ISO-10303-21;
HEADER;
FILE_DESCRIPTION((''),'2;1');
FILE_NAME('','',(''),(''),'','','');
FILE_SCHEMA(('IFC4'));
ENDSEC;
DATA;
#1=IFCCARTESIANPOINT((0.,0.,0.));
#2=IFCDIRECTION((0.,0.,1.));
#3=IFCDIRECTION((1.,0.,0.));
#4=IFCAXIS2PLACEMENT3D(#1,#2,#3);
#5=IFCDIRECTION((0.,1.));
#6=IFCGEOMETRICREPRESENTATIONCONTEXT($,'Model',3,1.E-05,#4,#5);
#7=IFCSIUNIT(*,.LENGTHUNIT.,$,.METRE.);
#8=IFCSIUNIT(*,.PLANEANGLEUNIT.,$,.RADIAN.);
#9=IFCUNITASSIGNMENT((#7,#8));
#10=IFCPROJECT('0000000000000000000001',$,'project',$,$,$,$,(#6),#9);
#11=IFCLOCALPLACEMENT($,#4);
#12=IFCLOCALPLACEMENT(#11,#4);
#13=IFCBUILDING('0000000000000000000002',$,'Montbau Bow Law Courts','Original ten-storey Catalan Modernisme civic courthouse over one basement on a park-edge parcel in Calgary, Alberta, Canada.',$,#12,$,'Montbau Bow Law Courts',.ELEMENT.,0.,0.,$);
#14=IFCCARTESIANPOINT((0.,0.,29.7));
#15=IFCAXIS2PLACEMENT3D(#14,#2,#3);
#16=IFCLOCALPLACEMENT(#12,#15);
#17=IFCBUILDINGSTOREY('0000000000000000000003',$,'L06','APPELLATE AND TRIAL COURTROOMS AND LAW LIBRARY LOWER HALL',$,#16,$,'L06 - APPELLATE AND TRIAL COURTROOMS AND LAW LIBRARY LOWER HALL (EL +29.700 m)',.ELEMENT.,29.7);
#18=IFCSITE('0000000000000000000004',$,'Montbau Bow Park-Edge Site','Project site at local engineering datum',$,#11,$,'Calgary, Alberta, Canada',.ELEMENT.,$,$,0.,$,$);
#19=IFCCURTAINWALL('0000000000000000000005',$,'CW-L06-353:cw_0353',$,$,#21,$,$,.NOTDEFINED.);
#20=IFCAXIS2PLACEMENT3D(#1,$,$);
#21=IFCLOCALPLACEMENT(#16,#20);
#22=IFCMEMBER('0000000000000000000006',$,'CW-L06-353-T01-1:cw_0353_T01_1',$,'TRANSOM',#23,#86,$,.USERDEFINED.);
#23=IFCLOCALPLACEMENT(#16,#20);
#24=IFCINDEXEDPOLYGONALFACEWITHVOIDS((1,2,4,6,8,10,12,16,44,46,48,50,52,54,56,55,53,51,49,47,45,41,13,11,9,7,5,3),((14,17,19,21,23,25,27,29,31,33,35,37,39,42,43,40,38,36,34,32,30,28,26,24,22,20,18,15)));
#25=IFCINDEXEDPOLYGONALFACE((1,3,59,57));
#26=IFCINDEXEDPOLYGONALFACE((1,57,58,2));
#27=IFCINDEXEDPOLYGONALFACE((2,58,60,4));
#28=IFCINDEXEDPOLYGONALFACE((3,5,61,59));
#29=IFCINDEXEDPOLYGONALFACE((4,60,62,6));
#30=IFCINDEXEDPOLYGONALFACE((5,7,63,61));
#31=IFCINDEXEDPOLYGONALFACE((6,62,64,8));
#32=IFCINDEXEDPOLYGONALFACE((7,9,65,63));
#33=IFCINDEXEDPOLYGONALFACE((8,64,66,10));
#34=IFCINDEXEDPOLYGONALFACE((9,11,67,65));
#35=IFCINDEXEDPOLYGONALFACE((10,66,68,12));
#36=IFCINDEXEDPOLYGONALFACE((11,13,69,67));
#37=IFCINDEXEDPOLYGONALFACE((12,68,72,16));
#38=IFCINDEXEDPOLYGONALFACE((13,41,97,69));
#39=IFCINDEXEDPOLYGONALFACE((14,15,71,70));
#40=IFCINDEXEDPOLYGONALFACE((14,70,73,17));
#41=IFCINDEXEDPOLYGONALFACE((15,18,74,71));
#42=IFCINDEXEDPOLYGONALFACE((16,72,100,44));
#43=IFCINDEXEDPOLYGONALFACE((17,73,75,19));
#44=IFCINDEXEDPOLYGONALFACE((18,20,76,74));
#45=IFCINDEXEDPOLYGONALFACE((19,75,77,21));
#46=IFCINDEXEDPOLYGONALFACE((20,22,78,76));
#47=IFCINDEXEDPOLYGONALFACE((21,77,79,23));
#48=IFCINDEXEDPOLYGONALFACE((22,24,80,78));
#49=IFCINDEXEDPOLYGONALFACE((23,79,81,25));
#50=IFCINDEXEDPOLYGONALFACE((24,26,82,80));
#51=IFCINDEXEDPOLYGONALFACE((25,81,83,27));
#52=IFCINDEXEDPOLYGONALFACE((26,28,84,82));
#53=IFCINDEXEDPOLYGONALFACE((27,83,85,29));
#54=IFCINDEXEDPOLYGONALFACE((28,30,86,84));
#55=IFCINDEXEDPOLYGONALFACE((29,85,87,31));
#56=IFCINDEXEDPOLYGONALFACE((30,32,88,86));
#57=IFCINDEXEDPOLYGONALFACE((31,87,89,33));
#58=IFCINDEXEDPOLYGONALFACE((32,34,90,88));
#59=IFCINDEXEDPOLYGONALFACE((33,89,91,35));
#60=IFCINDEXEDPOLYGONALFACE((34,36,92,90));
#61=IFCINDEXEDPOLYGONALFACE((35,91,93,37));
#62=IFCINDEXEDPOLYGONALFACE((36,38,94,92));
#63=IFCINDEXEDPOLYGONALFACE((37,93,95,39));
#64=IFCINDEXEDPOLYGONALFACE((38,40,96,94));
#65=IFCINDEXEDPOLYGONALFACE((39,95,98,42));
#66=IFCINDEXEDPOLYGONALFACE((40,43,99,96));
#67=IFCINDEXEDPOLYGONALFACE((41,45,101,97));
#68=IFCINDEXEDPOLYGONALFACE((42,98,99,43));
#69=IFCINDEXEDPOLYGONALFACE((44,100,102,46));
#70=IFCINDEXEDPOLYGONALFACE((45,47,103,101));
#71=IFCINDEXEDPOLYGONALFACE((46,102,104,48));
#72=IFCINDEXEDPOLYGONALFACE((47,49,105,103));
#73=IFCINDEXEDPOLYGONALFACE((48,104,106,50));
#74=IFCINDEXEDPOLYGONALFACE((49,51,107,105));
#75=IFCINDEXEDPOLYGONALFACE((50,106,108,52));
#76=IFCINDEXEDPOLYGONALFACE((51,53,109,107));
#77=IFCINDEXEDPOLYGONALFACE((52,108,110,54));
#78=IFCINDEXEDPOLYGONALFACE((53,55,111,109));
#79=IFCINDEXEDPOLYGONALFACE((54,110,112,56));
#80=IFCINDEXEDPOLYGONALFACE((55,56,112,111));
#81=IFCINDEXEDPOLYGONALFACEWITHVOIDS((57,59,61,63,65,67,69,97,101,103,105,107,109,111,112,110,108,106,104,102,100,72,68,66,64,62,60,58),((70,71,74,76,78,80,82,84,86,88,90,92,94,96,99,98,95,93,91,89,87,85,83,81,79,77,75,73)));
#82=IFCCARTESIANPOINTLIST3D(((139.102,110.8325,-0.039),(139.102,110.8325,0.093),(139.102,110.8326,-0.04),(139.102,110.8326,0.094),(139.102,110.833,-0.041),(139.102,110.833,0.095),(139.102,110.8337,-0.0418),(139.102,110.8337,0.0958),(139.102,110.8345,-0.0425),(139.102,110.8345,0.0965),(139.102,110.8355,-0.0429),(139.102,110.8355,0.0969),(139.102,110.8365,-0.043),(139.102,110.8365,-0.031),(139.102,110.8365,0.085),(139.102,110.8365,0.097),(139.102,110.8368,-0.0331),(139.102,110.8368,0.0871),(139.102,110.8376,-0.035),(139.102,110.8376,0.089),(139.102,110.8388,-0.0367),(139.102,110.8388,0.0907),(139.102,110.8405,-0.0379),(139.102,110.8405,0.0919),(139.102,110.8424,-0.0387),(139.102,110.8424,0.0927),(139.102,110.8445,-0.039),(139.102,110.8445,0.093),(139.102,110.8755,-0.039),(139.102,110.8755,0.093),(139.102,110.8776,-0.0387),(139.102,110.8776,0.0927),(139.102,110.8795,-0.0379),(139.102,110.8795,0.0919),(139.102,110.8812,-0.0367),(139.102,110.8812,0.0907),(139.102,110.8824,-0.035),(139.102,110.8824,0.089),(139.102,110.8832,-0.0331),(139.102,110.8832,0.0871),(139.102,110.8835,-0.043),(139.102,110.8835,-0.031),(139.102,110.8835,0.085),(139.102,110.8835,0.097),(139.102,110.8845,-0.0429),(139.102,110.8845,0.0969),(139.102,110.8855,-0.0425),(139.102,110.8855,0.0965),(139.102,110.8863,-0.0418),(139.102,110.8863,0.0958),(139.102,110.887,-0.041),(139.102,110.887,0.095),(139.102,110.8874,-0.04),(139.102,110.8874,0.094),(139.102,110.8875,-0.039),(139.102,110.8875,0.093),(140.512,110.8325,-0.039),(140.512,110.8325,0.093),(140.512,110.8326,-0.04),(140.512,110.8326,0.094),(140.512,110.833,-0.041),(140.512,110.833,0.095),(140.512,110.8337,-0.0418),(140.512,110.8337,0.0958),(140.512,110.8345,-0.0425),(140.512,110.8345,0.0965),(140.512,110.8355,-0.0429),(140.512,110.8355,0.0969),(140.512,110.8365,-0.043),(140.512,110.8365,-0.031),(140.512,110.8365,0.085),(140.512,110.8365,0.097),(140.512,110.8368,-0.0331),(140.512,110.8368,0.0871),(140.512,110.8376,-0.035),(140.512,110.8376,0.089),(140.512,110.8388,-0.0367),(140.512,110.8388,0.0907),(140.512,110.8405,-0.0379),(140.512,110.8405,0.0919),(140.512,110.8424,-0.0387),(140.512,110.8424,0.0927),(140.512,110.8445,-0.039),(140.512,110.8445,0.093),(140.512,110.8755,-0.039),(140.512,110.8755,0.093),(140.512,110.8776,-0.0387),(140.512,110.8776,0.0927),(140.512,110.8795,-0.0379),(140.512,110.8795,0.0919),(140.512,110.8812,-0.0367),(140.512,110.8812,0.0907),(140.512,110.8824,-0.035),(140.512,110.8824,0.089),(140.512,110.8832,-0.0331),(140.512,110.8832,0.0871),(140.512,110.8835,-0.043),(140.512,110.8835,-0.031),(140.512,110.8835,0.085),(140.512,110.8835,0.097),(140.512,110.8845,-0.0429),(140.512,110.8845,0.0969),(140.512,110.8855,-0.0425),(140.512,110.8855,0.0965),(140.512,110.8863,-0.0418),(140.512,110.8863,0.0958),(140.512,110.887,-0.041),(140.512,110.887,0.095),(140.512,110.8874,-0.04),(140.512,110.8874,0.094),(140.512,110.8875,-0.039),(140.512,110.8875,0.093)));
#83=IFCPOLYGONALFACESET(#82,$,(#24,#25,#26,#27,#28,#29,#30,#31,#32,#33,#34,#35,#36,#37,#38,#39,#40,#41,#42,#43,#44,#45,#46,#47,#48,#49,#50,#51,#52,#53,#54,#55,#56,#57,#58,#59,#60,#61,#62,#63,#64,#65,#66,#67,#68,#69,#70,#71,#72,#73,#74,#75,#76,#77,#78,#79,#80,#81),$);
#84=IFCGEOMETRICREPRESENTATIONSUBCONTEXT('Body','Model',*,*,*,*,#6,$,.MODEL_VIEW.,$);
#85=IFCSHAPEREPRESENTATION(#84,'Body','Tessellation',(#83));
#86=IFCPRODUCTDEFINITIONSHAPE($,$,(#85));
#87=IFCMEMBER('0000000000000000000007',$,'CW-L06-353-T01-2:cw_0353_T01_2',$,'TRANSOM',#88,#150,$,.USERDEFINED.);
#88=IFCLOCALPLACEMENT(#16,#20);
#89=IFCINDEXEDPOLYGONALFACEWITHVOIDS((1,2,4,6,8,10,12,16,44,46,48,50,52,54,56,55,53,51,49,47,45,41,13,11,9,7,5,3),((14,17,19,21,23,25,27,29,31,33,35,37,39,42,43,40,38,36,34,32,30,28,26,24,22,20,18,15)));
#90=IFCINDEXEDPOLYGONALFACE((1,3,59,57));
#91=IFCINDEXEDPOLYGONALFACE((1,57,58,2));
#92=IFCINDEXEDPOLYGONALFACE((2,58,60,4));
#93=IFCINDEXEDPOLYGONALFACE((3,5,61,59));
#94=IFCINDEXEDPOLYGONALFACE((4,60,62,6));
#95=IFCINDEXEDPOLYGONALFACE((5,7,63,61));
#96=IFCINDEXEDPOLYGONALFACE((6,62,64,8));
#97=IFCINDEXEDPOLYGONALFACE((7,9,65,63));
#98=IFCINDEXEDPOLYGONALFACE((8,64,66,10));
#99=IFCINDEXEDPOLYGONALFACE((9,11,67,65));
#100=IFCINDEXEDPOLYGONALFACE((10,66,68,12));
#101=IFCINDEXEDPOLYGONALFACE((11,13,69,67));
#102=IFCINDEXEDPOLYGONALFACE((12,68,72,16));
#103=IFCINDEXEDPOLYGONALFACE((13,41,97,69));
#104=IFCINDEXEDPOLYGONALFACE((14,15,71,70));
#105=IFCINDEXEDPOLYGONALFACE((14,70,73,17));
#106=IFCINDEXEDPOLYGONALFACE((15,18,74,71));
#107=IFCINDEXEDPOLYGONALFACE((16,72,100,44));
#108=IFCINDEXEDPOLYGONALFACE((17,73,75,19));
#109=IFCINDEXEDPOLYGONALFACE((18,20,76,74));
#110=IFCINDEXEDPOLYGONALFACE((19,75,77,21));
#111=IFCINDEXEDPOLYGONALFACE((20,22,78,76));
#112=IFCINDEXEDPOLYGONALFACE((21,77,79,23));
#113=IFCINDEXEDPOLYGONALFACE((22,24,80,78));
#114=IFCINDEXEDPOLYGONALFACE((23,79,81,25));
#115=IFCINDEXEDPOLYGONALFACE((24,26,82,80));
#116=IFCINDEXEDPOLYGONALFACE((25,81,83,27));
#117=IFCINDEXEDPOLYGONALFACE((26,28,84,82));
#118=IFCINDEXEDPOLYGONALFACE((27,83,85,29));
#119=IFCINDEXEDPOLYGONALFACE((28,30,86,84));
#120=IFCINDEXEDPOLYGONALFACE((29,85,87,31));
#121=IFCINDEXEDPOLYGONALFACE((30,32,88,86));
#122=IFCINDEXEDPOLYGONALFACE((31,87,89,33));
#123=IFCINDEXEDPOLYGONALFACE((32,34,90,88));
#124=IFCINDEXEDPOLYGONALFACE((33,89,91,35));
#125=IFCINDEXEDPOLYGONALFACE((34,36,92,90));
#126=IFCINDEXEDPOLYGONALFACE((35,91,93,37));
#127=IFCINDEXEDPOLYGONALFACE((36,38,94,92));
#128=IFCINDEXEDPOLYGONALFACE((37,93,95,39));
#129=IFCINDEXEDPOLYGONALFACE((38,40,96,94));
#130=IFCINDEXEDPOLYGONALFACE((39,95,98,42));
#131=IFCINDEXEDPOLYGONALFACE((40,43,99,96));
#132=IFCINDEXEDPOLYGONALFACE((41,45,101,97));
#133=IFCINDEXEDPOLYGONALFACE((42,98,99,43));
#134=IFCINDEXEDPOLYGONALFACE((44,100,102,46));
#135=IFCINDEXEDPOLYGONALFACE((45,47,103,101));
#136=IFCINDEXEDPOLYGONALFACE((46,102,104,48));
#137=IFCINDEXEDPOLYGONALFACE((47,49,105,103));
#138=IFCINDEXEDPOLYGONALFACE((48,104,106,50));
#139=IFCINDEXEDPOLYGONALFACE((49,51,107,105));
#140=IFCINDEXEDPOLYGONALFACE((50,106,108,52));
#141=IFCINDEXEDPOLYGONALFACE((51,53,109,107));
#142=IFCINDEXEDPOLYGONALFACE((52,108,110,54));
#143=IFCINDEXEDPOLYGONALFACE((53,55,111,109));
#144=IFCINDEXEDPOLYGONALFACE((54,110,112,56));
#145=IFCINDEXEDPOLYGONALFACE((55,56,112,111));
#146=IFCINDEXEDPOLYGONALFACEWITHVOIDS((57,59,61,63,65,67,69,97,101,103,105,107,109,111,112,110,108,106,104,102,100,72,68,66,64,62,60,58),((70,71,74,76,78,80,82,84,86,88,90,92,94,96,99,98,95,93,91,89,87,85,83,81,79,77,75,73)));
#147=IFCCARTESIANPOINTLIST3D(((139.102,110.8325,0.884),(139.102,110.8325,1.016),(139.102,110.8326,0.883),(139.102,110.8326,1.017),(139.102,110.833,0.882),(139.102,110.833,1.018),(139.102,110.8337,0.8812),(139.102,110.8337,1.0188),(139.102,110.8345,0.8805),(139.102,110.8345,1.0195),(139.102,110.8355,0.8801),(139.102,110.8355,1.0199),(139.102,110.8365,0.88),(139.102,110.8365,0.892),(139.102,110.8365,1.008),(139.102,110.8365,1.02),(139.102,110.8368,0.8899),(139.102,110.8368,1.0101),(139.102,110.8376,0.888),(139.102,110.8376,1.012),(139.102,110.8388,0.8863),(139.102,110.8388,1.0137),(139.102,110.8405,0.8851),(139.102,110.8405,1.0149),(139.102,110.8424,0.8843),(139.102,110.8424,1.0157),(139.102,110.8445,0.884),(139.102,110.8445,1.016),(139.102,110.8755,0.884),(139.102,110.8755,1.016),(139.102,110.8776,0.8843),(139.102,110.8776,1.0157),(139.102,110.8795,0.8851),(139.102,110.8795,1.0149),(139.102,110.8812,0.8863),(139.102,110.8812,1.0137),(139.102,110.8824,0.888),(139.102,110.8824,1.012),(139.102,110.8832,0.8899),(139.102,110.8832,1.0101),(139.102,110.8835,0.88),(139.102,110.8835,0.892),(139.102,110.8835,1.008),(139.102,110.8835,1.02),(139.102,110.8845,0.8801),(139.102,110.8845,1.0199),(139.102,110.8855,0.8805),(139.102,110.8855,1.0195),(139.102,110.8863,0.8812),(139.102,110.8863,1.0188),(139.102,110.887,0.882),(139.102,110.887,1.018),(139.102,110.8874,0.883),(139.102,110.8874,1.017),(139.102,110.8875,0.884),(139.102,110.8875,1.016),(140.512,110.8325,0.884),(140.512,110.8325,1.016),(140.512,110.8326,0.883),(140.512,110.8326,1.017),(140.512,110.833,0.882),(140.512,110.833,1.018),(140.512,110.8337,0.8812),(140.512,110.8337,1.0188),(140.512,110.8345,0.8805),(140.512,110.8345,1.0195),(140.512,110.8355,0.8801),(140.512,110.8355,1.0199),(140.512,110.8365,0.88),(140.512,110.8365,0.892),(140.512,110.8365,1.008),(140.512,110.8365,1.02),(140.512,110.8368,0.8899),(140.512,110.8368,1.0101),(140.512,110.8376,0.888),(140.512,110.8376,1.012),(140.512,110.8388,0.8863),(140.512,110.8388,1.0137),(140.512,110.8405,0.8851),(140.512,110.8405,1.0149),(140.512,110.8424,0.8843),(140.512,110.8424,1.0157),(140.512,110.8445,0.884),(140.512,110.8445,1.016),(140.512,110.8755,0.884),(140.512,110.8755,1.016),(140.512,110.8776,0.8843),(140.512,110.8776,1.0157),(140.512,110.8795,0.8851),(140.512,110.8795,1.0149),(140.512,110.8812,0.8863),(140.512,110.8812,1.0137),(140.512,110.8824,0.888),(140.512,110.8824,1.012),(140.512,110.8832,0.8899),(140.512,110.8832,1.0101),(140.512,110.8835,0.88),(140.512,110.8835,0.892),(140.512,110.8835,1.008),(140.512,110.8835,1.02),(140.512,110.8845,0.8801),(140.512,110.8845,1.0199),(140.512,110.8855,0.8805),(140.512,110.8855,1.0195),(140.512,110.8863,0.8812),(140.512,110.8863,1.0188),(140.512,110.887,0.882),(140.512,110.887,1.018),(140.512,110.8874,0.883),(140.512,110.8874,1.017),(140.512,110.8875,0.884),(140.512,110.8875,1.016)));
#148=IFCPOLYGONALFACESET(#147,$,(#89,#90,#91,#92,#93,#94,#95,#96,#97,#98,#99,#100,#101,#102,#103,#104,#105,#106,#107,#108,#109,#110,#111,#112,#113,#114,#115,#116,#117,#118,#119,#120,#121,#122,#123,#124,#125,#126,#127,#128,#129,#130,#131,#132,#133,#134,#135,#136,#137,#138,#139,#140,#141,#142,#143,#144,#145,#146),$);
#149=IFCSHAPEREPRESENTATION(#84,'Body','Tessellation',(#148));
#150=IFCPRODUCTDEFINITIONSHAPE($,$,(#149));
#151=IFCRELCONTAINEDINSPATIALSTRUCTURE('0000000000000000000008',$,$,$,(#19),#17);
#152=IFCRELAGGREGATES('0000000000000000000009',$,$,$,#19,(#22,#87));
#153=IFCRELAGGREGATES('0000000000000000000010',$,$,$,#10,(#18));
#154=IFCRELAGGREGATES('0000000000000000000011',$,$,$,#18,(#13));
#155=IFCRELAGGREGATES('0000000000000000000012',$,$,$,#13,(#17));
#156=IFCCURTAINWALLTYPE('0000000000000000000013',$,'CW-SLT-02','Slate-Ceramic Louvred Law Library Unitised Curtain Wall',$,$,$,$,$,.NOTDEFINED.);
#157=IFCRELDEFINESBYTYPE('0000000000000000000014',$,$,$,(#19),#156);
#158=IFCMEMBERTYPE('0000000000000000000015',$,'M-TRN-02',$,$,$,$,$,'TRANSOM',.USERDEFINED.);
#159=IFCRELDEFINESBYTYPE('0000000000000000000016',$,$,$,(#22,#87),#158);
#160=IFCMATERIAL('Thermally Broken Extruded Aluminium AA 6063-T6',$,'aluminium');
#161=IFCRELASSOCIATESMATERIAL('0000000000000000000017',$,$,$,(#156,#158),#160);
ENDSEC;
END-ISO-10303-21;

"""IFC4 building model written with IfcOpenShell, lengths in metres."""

from ifc_helpers import new_model, si_unit, direction, frame, origin_with_axes, origin_2d_with_axis, place, context, subcontext, project, spatial, hollow_rectangle, extrude, material, material_profile, profile_set, type_object, element, aggregate, save


model = new_model("IFC4")

# Units and contexts
model_context = context("Model", 3, precision=1e-05, world=origin_with_axes(), true_north=direction((0.0, 1.0)))
body_context = subcontext(model_context, "Body", "Model", "MODEL_VIEW")
ifc_project = project(units=[si_unit("LENGTHUNIT", "METRE"), si_unit("PLANEANGLEUNIT", "RADIAN")], contexts=[model_context])

# Site, building, storey
site_placement = place(None, origin_with_axes())
site = spatial("IfcSite", under=ifc_project, at=site_placement, Name="Montbau Bow Park-Edge Site", Description="Project site at local engineering datum", LongName="Calgary, Alberta, Canada", CompositionType="ELEMENT", RefElevation=0.0)
building_placement = place(site_placement, origin_with_axes())
building = spatial("IfcBuilding", under=site, at=building_placement, Name="Montbau Bow Law Courts", Description="Original ten-storey Catalan Modernisme civic courthouse over one basement on a park-edge parcel in Calgary, Alberta, Canada.", LongName="Montbau Bow Law Courts", CompositionType="ELEMENT", ElevationOfRefHeight=0.0, ElevationOfTerrain=0.0)
storey_placement = place(building_placement, frame((0.0, 0.0, 29.7), z_axis=(0.0, 0.0, 1.0), x_axis=(1.0, 0.0, 0.0)))
storey = spatial("IfcBuildingStorey", under=building, at=storey_placement, Name="L06", Description="APPELLATE AND TRIAL COURTROOMS AND LAW LIBRARY LOWER HALL", LongName="L06 - APPELLATE AND TRIAL COURTROOMS AND LAW LIBRARY LOWER HALL (EL +29.700 m)", CompositionType="ELEMENT", Elevation=29.7)

# Shared definitions
ifc_material_1 = material(Name="Thermally Broken Extruded Aluminium AA 6063-T6", Category="aluminium")
curtain_wall_type = type_object("IfcCurtainWallType", Name="CW-SLT-02", Description="Slate-Ceramic Louvred Law Library Unitised Curtain Wall", PredefinedType="NOTDEFINED", material=ifc_material_1)

# Curtain wall
curtain_wall_1_placement = place(None, frame((139.04, 110.86, 29.7), z_axis=(0.0, 0.0, 1.0), x_axis=(1.0, 0.0, 0.0)))
curtain_wall_1 = element("IfcCurtainWall", 1, at=curtain_wall_1_placement, inside=storey, type_object=curtain_wall_type, Name="CW-L06-353:cw_0353", PredefinedType="NOTDEFINED")

# Members
ifc_material_profile_1 = material_profile(ifc_material_1, hollow_rectangle(XDim=0.055, YDim=0.14, WallThickness=0.004, InnerFilletRadius=0.008, OuterFilletRadius=0.004, at=origin_2d_with_axis()), Name="CWT-140X55", Category="Main", Priority=0)
ifc_profile_set_1 = profile_set([ifc_material_profile_1], Name="Thermally Broken Extruded Aluminium AA 6063-T6")
member_type_1 = type_object("IfcMemberType", Name="M-TRN-02", ElementType="TRANSOM", PredefinedType="USERDEFINED", material=ifc_profile_set_1)
member_1_placement = place(None, frame((139.102, 110.86, 29.727), z_axis=(1.0, 0.0, 0.0), x_axis=(0.0, 1.0, 0.0)))
member_1 = element("IfcMember", 2, at=member_1_placement, type_object=member_type_1, Name="CW-L06-353-T01-1:cw_0353_T01_1", ObjectType="TRANSOM", PredefinedType="USERDEFINED", context=body_context, shape_type="SweptSolid", body=[
    extrude(hollow_rectangle(XDim=0.055, YDim=0.14, WallThickness=0.004, InnerFilletRadius=0.008, OuterFilletRadius=0.004, at=origin_2d_with_axis()), origin_with_axes(), (0.0, 0.0, 1.0), 1.41),
])
member_2_placement = place(None, frame((139.102, 110.86, 30.65), z_axis=(1.0, 0.0, 0.0), x_axis=(0.0, 1.0, 0.0)))
member_2 = element("IfcMember", 3, at=member_2_placement, type_object=member_type_1, Name="CW-L06-353-T01-2:cw_0353_T01_2", ObjectType="TRANSOM", PredefinedType="USERDEFINED", context=body_context, shape_type="SweptSolid", body=[
    extrude(hollow_rectangle(XDim=0.055, YDim=0.14, WallThickness=0.004, InnerFilletRadius=0.008, OuterFilletRadius=0.004, at=origin_2d_with_axis()), origin_with_axes(), (0.0, 0.0, 1.0), 1.41),
])

aggregate(curtain_wall_1, [member_1, member_2])

save(model, "model.ifc")
